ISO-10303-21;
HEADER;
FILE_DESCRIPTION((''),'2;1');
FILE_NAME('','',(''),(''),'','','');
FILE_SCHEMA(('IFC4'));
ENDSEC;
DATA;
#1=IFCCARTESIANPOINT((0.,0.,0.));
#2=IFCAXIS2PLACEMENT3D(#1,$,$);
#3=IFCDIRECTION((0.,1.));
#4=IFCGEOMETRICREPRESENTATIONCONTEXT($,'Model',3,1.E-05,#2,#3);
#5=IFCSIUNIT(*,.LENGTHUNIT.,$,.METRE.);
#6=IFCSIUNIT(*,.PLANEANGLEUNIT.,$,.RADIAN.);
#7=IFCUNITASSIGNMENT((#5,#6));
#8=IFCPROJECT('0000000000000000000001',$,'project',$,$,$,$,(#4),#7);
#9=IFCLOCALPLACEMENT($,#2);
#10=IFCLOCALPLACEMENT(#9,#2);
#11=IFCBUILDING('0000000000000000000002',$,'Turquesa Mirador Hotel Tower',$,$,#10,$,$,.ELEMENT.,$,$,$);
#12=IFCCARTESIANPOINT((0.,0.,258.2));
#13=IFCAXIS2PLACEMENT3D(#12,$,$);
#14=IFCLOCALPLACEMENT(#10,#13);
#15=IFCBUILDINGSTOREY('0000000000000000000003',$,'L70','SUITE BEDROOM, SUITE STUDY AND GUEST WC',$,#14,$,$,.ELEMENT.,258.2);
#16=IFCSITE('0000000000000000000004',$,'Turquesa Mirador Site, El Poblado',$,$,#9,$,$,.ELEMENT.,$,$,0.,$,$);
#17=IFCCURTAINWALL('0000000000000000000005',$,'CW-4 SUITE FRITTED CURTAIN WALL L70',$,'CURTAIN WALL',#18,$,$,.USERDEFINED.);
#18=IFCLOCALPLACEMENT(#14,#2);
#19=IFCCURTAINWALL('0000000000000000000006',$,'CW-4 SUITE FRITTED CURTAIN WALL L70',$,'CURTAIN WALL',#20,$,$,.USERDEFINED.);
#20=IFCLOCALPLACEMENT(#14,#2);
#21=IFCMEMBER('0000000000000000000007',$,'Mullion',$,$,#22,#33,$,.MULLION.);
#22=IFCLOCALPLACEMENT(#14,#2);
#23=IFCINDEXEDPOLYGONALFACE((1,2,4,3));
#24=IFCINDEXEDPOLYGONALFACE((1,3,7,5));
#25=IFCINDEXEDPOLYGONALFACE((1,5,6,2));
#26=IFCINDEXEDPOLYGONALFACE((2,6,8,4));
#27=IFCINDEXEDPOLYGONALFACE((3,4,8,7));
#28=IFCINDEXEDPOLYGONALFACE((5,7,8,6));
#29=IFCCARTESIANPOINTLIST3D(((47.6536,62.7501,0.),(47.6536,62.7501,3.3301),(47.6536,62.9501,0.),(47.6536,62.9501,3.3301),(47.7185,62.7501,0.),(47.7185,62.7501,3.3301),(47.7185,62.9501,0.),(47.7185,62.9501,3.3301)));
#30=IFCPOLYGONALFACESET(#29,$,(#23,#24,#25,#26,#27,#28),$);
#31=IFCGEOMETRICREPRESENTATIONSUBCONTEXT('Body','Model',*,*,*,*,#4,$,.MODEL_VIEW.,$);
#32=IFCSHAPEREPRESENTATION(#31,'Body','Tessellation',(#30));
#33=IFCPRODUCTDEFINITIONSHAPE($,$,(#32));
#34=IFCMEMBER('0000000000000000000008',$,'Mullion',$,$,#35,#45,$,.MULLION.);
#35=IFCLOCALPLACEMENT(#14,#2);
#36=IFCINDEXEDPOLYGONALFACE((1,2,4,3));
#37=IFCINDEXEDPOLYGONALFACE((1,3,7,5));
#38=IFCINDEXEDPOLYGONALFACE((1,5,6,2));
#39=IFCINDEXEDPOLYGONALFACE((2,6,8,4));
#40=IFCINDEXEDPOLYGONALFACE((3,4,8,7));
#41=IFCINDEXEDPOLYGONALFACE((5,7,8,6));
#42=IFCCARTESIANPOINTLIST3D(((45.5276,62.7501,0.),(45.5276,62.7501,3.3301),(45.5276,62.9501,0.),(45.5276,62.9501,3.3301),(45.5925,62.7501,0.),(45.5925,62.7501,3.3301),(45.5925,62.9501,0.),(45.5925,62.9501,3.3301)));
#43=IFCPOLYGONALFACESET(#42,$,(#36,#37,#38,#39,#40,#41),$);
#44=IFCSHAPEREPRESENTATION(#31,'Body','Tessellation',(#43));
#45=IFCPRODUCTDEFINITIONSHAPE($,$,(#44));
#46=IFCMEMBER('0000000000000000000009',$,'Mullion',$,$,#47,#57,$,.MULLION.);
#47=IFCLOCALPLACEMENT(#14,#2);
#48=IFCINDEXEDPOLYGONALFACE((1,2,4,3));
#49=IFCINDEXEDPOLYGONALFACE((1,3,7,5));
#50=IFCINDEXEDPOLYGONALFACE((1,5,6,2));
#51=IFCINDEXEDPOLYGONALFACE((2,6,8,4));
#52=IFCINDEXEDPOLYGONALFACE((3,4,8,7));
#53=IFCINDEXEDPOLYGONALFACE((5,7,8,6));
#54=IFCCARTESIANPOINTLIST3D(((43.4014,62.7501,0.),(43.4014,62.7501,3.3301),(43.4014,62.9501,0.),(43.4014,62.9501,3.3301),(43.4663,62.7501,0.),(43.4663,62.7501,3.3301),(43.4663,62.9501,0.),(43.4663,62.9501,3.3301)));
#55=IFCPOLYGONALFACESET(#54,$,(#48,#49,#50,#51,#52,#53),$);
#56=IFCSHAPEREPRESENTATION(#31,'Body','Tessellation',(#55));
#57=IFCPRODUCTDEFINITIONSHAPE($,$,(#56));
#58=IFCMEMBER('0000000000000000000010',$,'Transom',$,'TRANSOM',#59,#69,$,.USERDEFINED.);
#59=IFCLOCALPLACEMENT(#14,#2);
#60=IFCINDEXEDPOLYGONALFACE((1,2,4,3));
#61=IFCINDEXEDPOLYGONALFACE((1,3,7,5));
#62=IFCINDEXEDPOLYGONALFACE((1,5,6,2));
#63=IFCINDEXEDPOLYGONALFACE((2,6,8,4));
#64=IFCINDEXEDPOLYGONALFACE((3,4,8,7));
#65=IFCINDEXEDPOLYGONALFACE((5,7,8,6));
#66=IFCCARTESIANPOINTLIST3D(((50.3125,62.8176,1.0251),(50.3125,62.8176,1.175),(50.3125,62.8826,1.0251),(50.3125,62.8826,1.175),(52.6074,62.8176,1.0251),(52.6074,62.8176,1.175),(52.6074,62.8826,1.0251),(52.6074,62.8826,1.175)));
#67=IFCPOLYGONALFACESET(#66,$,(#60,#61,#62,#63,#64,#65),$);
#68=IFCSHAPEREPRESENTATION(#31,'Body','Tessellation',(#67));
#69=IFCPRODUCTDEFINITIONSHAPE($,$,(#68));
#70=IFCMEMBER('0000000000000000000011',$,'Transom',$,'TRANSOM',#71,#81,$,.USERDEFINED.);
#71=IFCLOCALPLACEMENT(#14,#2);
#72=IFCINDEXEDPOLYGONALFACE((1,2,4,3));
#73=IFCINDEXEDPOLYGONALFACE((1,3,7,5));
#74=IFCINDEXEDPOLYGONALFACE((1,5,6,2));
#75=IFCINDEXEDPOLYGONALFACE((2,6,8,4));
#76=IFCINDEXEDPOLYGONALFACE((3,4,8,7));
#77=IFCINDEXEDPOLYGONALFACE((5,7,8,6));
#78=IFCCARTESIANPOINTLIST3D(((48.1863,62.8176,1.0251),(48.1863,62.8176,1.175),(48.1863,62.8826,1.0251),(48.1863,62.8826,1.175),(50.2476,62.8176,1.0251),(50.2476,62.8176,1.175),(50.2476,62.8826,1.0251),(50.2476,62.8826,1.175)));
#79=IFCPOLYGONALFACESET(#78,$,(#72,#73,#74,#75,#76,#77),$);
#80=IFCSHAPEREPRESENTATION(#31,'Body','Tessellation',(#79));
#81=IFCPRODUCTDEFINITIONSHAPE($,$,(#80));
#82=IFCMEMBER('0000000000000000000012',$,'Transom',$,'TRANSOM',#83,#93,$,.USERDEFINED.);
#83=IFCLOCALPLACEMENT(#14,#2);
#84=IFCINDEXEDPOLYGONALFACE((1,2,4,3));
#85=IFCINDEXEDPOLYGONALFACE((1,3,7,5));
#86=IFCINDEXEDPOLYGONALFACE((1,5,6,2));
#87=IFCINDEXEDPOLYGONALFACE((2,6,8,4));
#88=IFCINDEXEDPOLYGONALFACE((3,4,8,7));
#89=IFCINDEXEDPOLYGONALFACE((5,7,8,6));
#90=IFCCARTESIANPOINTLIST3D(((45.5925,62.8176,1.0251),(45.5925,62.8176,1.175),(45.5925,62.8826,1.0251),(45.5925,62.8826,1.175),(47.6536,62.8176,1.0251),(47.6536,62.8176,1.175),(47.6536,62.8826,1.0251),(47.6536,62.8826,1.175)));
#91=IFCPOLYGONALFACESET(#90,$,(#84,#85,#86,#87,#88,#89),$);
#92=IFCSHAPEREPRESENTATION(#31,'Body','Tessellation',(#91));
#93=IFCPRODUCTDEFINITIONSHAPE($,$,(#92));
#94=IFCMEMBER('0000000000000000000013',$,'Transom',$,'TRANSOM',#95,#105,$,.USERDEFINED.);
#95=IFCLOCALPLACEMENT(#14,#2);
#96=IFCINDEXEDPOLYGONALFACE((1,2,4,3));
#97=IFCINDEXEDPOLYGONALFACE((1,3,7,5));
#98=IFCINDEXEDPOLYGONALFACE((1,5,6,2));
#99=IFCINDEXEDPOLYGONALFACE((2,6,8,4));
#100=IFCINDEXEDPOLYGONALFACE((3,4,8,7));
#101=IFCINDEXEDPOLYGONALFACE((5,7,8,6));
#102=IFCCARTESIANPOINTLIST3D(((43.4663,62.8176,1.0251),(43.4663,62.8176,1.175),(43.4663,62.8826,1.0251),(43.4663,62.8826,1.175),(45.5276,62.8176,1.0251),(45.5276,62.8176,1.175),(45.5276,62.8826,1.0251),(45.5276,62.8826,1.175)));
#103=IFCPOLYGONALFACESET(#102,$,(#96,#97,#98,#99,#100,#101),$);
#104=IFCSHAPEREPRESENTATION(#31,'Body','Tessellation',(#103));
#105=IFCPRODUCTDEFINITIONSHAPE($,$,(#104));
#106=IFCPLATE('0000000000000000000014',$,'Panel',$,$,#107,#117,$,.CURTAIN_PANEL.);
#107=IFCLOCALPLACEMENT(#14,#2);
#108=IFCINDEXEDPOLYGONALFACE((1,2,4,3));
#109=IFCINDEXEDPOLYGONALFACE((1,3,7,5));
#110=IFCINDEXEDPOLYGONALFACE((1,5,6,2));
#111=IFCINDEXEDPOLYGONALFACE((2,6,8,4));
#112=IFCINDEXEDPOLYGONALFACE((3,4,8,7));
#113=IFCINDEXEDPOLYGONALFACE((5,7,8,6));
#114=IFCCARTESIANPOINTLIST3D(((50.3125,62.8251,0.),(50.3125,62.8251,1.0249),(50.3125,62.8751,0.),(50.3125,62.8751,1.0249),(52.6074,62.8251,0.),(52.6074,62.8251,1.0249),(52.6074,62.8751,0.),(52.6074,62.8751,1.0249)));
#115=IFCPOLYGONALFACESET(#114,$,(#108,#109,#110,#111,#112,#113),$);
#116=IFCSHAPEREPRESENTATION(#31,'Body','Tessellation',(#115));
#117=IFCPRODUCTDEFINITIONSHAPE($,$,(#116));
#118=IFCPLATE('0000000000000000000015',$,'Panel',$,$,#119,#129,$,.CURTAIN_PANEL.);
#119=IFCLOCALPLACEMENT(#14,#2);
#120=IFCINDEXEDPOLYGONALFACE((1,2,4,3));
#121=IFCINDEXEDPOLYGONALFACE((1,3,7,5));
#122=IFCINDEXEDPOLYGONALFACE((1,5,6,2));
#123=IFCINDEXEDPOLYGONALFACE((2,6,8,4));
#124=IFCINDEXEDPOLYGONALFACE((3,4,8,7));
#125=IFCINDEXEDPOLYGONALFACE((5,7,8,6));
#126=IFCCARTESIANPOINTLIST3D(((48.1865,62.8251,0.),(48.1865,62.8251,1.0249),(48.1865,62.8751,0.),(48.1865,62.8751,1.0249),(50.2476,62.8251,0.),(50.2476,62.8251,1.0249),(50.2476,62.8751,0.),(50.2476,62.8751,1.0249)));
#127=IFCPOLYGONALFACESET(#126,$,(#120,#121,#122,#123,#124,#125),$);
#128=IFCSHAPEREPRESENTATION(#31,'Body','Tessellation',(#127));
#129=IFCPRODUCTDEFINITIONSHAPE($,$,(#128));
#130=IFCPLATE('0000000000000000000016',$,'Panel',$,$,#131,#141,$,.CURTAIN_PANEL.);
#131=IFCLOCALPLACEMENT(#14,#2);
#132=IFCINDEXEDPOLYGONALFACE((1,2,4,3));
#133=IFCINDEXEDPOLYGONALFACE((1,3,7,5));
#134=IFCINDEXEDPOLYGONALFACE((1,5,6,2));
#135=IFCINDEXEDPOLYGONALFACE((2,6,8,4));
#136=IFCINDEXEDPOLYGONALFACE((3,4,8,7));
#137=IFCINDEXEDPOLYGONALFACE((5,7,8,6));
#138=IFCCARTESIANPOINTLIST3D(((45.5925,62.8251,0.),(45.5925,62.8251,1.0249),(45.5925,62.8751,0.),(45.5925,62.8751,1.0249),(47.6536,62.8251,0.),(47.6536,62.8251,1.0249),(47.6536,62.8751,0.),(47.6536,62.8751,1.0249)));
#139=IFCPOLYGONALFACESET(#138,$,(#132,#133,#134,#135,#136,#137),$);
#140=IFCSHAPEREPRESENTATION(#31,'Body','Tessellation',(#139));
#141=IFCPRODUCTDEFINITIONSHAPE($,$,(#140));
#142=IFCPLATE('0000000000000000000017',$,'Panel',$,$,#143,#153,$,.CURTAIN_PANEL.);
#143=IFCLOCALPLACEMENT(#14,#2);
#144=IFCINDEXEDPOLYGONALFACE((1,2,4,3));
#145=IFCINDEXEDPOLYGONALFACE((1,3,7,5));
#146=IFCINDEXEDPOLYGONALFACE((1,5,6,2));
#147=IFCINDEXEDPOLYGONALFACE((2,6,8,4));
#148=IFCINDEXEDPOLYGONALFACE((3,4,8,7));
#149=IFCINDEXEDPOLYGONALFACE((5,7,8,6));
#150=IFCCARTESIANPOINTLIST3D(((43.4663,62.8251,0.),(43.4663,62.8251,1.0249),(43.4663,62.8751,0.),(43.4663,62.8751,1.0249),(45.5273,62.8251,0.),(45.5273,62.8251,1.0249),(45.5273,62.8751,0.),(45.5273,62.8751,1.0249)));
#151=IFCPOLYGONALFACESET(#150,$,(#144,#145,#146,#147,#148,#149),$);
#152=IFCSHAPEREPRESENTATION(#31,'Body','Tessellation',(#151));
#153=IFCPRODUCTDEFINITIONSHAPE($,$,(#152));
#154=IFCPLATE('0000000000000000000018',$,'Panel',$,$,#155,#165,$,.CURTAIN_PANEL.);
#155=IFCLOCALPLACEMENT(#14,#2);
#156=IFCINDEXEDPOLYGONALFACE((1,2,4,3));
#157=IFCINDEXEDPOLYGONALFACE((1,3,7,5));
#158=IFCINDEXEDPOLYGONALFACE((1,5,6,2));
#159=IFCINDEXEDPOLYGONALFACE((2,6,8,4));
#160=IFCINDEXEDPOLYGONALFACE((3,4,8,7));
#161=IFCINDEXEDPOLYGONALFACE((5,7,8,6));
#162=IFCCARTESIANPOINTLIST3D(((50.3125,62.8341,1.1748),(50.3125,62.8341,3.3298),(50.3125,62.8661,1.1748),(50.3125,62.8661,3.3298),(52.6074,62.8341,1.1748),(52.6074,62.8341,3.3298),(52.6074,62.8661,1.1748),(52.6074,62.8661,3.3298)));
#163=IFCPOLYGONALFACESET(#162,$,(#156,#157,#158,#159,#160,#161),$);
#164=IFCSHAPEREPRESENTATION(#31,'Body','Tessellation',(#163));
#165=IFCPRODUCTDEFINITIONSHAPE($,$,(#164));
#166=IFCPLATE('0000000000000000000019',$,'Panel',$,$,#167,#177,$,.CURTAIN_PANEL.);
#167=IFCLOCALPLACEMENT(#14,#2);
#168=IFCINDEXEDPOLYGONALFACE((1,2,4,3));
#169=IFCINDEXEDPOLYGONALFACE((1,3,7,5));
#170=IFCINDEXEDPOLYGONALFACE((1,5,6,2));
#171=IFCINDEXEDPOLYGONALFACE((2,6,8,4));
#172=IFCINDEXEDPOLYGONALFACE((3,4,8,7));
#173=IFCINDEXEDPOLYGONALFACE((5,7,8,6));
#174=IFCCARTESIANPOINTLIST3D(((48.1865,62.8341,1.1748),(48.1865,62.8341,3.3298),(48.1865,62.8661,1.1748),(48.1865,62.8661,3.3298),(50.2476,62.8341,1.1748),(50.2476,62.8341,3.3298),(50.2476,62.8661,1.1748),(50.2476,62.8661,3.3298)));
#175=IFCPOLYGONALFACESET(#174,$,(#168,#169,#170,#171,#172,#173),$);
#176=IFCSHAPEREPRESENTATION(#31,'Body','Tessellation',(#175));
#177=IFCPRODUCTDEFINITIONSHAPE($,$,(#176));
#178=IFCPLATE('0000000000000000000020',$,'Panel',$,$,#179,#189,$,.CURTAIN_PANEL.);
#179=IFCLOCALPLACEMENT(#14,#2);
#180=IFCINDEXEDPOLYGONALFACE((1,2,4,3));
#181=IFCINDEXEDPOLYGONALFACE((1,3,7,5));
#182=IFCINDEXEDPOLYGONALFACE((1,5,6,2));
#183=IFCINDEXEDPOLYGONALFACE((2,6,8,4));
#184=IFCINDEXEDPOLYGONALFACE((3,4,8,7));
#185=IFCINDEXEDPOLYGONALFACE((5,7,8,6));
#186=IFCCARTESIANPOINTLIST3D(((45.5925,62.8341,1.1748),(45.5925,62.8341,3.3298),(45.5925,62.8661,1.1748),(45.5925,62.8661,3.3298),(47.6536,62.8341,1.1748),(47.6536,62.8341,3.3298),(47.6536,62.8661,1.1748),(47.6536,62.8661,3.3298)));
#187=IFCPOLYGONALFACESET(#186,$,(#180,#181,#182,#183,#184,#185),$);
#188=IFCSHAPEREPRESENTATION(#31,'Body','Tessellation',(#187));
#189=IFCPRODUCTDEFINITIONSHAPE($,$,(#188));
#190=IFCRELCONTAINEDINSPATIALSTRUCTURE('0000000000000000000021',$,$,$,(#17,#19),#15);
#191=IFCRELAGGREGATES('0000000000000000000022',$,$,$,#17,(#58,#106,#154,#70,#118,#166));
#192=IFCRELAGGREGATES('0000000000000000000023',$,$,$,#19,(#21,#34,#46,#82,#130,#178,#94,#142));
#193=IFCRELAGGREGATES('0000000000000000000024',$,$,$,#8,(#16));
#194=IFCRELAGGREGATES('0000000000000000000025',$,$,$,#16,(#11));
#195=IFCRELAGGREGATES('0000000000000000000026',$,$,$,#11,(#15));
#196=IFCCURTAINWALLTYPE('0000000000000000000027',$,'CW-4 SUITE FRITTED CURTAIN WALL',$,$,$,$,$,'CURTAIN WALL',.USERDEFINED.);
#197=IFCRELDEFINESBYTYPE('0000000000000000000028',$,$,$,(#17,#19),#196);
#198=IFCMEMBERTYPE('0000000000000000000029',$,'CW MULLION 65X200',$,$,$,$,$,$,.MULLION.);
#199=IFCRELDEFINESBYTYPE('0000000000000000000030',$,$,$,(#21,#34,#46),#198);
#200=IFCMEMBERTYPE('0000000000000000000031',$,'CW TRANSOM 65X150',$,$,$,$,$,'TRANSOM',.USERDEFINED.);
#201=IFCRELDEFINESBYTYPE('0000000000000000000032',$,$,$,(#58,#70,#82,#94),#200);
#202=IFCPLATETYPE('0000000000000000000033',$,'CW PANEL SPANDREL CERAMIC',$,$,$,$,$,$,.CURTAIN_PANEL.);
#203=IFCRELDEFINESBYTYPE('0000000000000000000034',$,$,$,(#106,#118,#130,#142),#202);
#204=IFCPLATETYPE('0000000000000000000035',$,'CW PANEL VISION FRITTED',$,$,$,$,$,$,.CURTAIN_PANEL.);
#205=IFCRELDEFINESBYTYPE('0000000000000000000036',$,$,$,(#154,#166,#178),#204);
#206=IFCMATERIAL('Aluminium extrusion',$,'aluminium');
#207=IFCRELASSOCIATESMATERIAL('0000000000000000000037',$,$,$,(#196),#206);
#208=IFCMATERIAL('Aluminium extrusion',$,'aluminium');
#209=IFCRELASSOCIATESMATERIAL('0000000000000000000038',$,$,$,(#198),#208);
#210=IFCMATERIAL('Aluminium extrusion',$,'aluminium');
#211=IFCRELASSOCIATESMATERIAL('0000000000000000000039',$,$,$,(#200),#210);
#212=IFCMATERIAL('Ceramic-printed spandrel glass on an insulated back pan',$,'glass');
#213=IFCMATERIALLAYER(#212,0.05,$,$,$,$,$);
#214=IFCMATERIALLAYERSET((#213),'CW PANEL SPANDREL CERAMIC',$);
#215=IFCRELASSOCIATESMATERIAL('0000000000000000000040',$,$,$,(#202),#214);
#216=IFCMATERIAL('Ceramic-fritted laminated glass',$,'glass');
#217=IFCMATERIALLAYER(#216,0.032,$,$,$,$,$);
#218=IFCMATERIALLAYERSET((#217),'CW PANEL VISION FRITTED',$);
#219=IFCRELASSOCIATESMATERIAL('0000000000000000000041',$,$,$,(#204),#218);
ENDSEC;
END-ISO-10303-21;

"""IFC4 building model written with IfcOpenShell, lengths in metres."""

from ifc_helpers import new_model, si_unit, direction, frame, origin, origin_2d, place, context, subcontext, project, spatial, rectangle, extrude, material, layer, layer_set, material_profile, profile_set, type_object, element, aggregate, save


model = new_model("IFC4")

# Units and contexts
model_context = context("Model", 3, precision=1e-05, world=origin(), true_north=direction((0.0, 1.0)))
body_context = subcontext(model_context, "Body", "Model", "MODEL_VIEW")
ifc_project = project(units=[si_unit("LENGTHUNIT", "METRE"), si_unit("PLANEANGLEUNIT", "RADIAN")], contexts=[model_context])

# Site, building, storey
site_placement = place(None, origin())
site = spatial("IfcSite", under=ifc_project, at=site_placement, Name="Turquesa Mirador Site, El Poblado", CompositionType="ELEMENT", RefElevation=0.0)
building_placement = place(site_placement, origin())
building = spatial("IfcBuilding", under=site, at=building_placement, Name="Turquesa Mirador Hotel Tower", CompositionType="ELEMENT")
storey_placement = place(building_placement, frame((0.0, 0.0, 258.2)))
storey = spatial("IfcBuildingStorey", under=building, at=storey_placement, Name="L70", Description="SUITE BEDROOM, SUITE STUDY AND GUEST WC", CompositionType="ELEMENT", Elevation=258.2)

# Curtain walls, members
ifc_material_1 = material(Name="Aluminium extrusion", Category="aluminium")
curtain_wall_type = type_object("IfcCurtainWallType", Name="CW-4 SUITE FRITTED CURTAIN WALL", ElementType="CURTAIN WALL", PredefinedType="USERDEFINED", material=ifc_material_1)
curtain_wall_1_placement = place(storey_placement, origin())
curtain_wall_1 = element("IfcCurtainWall", 1, at=curtain_wall_1_placement, inside=storey, type_object=curtain_wall_type, Name="CW-4 SUITE FRITTED CURTAIN WALL L70", ObjectType="CURTAIN WALL", PredefinedType="USERDEFINED")
ifc_material_2 = material(Name="Aluminium extrusion", Category="aluminium")
ifc_material_profile_1 = material_profile(ifc_material_2, rectangle(XDim=0.0649, YDim=0.2, at=origin_2d()), Name="MULLION 65X200")
ifc_profile_set_1 = profile_set([ifc_material_profile_1], Name="Aluminium extrusion")
member_type_1 = type_object("IfcMemberType", Name="CW MULLION 65X200", PredefinedType="MULLION", material=ifc_profile_set_1)
curtain_wall_2_placement = place(storey_placement, origin())
curtain_wall_2 = element("IfcCurtainWall", 2, at=curtain_wall_2_placement, inside=storey, type_object=curtain_wall_type, Name="CW-4 SUITE FRITTED CURTAIN WALL L70", ObjectType="CURTAIN WALL", PredefinedType="USERDEFINED")
member_1_placement = place(storey_placement, frame((47.686, 62.8501, 0.0), z_axis=(0.0, 0.0, 1.0), x_axis=(-1.0, 0.0, 0.0)))
member_1 = element("IfcMember", 3, at=member_1_placement, type_object=member_type_1, Name="Mullion", PredefinedType="MULLION", context=body_context, shape_type="SweptSolid", body=[
    extrude(rectangle(XDim=0.0649, YDim=0.2, at=origin_2d()), origin(), (0.0, 0.0, 1.0), 3.3301),
])
member_2_placement = place(storey_placement, frame((45.5601, 62.8501, 0.0), z_axis=(0.0, 0.0, 1.0), x_axis=(-1.0, 0.0, 0.0)))
member_2 = element("IfcMember", 4, at=member_2_placement, type_object=member_type_1, Name="Mullion", PredefinedType="MULLION", context=body_context, shape_type="SweptSolid", body=[
    extrude(rectangle(XDim=0.0649, YDim=0.2, at=origin_2d()), origin(), (0.0, 0.0, 1.0), 3.3301),
])
member_3_placement = place(storey_placement, frame((43.4338, 62.8501, 0.0), z_axis=(0.0, 0.0, 1.0), x_axis=(-1.0, 0.0, 0.0)))
member_3 = element("IfcMember", 5, at=member_3_placement, type_object=member_type_1, Name="Mullion", PredefinedType="MULLION", context=body_context, shape_type="SweptSolid", body=[
    extrude(rectangle(XDim=0.0649, YDim=0.2, at=origin_2d()), origin(), (0.0, 0.0, 1.0), 3.3301),
])

# Members
ifc_material_3 = material(Name="Aluminium extrusion", Category="aluminium")
ifc_material_profile_2 = material_profile(ifc_material_3, rectangle(XDim=0.0649, YDim=0.1499, at=origin_2d()), Name="TRANSOM 65X150")
ifc_profile_set_2 = profile_set([ifc_material_profile_2], Name="Aluminium extrusion")
member_type_2 = type_object("IfcMemberType", Name="CW TRANSOM 65X150", ElementType="TRANSOM", PredefinedType="USERDEFINED", material=ifc_profile_set_2)
member_4_placement = place(storey_placement, frame((52.6074, 62.8501, 1.1001), z_axis=(-1.0, 0.0, 0.0), x_axis=(0.0, -1.0, 0.0)))
member_4 = element("IfcMember", 6, at=member_4_placement, type_object=member_type_2, Name="Transom", ObjectType="TRANSOM", PredefinedType="USERDEFINED", context=body_context, shape_type="SweptSolid", body=[
    extrude(rectangle(XDim=0.0649, YDim=0.1499, at=origin_2d()), origin(), (0.0, 0.0, 1.0), 2.2949),
])
member_5_placement = place(storey_placement, frame((50.2476, 62.8501, 1.1001), z_axis=(-1.0, 0.0, 0.0), x_axis=(0.0, -1.0, 0.0)))
member_5 = element("IfcMember", 7, at=member_5_placement, type_object=member_type_2, Name="Transom", ObjectType="TRANSOM", PredefinedType="USERDEFINED", context=body_context, shape_type="SweptSolid", body=[
    extrude(rectangle(XDim=0.0649, YDim=0.1499, at=origin_2d()), origin(), (0.0, 0.0, 1.0), 2.0613),
])
member_6_placement = place(storey_placement, frame((47.6536, 62.8501, 1.1001), z_axis=(-1.0, 0.0, 0.0), x_axis=(0.0, -1.0, 0.0)))
member_6 = element("IfcMember", 8, at=member_6_placement, type_object=member_type_2, Name="Transom", ObjectType="TRANSOM", PredefinedType="USERDEFINED", context=body_context, shape_type="SweptSolid", body=[
    extrude(rectangle(XDim=0.0649, YDim=0.1499, at=origin_2d()), origin(), (0.0, 0.0, 1.0), 2.061),
])
member_7_placement = place(storey_placement, frame((45.5276, 62.8501, 1.1001), z_axis=(-1.0, 0.0, 0.0), x_axis=(0.0, -1.0, 0.0)))
member_7 = element("IfcMember", 9, at=member_7_placement, type_object=member_type_2, Name="Transom", ObjectType="TRANSOM", PredefinedType="USERDEFINED", context=body_context, shape_type="SweptSolid", body=[
    extrude(rectangle(XDim=0.0649, YDim=0.1499, at=origin_2d()), origin(), (0.0, 0.0, 1.0), 2.0613),
])

# Plates
ifc_material_4 = material(Name="Ceramic-printed spandrel glass on an insulated back pan", Category="glass")
ifc_layer_1 = layer(ifc_material_4, 0.05)
ifc_layer_set_1 = layer_set([ifc_layer_1], Name="CW PANEL SPANDREL CERAMIC")
plate_type_1 = type_object("IfcPlateType", Name="CW PANEL SPANDREL CERAMIC", PredefinedType="CURTAIN_PANEL", material=ifc_layer_set_1)
plate_1_placement = place(storey_placement, frame((51.46, 62.8501, 0.0), z_axis=(0.0, 0.0, 1.0), x_axis=(-1.0, 0.0, 0.0)))
plate_1 = element("IfcPlate", 10, at=plate_1_placement, type_object=plate_type_1, Name="Panel", PredefinedType="CURTAIN_PANEL", context=body_context, shape_type="SweptSolid", body=[
    extrude(rectangle(XDim=2.2949, YDim=0.05, at=origin_2d()), origin(), (0.0, 0.0, 1.0), 1.0249),
])
plate_2_placement = place(storey_placement, frame((49.217, 62.8501, 0.0), z_axis=(0.0, 0.0, 1.0), x_axis=(-1.0, 0.0, 0.0)))
plate_2 = element("IfcPlate", 11, at=plate_2_placement, type_object=plate_type_1, Name="Panel", PredefinedType="CURTAIN_PANEL", context=body_context, shape_type="SweptSolid", body=[
    extrude(rectangle(XDim=2.061, YDim=0.05, at=origin_2d()), origin(), (0.0, 0.0, 1.0), 1.0249),
])
plate_3_placement = place(storey_placement, frame((46.623, 62.8501, 0.0), z_axis=(0.0, 0.0, 1.0), x_axis=(-1.0, 0.0, 0.0)))
plate_3 = element("IfcPlate", 12, at=plate_3_placement, type_object=plate_type_1, Name="Panel", PredefinedType="CURTAIN_PANEL", context=body_context, shape_type="SweptSolid", body=[
    extrude(rectangle(XDim=2.061, YDim=0.05, at=origin_2d()), origin(), (0.0, 0.0, 1.0), 1.0249),
])
plate_4_placement = place(storey_placement, frame((44.4968, 62.8501, 0.0), z_axis=(0.0, 0.0, 1.0), x_axis=(-1.0, 0.0, 0.0)))
plate_4 = element("IfcPlate", 13, at=plate_4_placement, type_object=plate_type_1, Name="Panel", PredefinedType="CURTAIN_PANEL", context=body_context, shape_type="SweptSolid", body=[
    extrude(rectangle(XDim=2.061, YDim=0.05, at=origin_2d()), origin(), (0.0, 0.0, 1.0), 1.0249),
])
ifc_material_5 = material(Name="Ceramic-fritted laminated glass", Category="glass")
ifc_layer_2 = layer(ifc_material_5, 0.032)
ifc_layer_set_2 = layer_set([ifc_layer_2], Name="CW PANEL VISION FRITTED")
plate_type_2 = type_object("IfcPlateType", Name="CW PANEL VISION FRITTED", PredefinedType="CURTAIN_PANEL", material=ifc_layer_set_2)
plate_5_placement = place(storey_placement, frame((51.46, 62.8501, 1.1748), z_axis=(0.0, 0.0, 1.0), x_axis=(-1.0, 0.0, 0.0)))
plate_5 = element("IfcPlate", 14, at=plate_5_placement, type_object=plate_type_2, Name="Panel", PredefinedType="CURTAIN_PANEL", context=body_context, shape_type="SweptSolid", body=[
    extrude(rectangle(XDim=2.2949, YDim=0.032, at=origin_2d()), origin(), (0.0, 0.0, 1.0), 2.155),
])
plate_6_placement = place(storey_placement, frame((49.217, 62.8501, 1.1748), z_axis=(0.0, 0.0, 1.0), x_axis=(-1.0, 0.0, 0.0)))
plate_6 = element("IfcPlate", 15, at=plate_6_placement, type_object=plate_type_2, Name="Panel", PredefinedType="CURTAIN_PANEL", context=body_context, shape_type="SweptSolid", body=[
    extrude(rectangle(XDim=2.061, YDim=0.032, at=origin_2d()), origin(), (0.0, 0.0, 1.0), 2.155),
])
aggregate(curtain_wall_1, [member_4, plate_1, plate_5, member_5, plate_2, plate_6])
plate_7_placement = place(storey_placement, frame((46.623, 62.8501, 1.1748), z_axis=(0.0, 0.0, 1.0), x_axis=(-1.0, 0.0, 0.0)))
plate_7 = element("IfcPlate", 16, at=plate_7_placement, type_object=plate_type_2, Name="Panel", PredefinedType="CURTAIN_PANEL", context=body_context, shape_type="SweptSolid", body=[
    extrude(rectangle(XDim=2.061, YDim=0.032, at=origin_2d()), origin(), (0.0, 0.0, 1.0), 2.155),
])
aggregate(curtain_wall_2, [member_1, member_2, member_3, member_6, plate_3, plate_7, member_7, plate_4])

save(model, "model.ifc")
